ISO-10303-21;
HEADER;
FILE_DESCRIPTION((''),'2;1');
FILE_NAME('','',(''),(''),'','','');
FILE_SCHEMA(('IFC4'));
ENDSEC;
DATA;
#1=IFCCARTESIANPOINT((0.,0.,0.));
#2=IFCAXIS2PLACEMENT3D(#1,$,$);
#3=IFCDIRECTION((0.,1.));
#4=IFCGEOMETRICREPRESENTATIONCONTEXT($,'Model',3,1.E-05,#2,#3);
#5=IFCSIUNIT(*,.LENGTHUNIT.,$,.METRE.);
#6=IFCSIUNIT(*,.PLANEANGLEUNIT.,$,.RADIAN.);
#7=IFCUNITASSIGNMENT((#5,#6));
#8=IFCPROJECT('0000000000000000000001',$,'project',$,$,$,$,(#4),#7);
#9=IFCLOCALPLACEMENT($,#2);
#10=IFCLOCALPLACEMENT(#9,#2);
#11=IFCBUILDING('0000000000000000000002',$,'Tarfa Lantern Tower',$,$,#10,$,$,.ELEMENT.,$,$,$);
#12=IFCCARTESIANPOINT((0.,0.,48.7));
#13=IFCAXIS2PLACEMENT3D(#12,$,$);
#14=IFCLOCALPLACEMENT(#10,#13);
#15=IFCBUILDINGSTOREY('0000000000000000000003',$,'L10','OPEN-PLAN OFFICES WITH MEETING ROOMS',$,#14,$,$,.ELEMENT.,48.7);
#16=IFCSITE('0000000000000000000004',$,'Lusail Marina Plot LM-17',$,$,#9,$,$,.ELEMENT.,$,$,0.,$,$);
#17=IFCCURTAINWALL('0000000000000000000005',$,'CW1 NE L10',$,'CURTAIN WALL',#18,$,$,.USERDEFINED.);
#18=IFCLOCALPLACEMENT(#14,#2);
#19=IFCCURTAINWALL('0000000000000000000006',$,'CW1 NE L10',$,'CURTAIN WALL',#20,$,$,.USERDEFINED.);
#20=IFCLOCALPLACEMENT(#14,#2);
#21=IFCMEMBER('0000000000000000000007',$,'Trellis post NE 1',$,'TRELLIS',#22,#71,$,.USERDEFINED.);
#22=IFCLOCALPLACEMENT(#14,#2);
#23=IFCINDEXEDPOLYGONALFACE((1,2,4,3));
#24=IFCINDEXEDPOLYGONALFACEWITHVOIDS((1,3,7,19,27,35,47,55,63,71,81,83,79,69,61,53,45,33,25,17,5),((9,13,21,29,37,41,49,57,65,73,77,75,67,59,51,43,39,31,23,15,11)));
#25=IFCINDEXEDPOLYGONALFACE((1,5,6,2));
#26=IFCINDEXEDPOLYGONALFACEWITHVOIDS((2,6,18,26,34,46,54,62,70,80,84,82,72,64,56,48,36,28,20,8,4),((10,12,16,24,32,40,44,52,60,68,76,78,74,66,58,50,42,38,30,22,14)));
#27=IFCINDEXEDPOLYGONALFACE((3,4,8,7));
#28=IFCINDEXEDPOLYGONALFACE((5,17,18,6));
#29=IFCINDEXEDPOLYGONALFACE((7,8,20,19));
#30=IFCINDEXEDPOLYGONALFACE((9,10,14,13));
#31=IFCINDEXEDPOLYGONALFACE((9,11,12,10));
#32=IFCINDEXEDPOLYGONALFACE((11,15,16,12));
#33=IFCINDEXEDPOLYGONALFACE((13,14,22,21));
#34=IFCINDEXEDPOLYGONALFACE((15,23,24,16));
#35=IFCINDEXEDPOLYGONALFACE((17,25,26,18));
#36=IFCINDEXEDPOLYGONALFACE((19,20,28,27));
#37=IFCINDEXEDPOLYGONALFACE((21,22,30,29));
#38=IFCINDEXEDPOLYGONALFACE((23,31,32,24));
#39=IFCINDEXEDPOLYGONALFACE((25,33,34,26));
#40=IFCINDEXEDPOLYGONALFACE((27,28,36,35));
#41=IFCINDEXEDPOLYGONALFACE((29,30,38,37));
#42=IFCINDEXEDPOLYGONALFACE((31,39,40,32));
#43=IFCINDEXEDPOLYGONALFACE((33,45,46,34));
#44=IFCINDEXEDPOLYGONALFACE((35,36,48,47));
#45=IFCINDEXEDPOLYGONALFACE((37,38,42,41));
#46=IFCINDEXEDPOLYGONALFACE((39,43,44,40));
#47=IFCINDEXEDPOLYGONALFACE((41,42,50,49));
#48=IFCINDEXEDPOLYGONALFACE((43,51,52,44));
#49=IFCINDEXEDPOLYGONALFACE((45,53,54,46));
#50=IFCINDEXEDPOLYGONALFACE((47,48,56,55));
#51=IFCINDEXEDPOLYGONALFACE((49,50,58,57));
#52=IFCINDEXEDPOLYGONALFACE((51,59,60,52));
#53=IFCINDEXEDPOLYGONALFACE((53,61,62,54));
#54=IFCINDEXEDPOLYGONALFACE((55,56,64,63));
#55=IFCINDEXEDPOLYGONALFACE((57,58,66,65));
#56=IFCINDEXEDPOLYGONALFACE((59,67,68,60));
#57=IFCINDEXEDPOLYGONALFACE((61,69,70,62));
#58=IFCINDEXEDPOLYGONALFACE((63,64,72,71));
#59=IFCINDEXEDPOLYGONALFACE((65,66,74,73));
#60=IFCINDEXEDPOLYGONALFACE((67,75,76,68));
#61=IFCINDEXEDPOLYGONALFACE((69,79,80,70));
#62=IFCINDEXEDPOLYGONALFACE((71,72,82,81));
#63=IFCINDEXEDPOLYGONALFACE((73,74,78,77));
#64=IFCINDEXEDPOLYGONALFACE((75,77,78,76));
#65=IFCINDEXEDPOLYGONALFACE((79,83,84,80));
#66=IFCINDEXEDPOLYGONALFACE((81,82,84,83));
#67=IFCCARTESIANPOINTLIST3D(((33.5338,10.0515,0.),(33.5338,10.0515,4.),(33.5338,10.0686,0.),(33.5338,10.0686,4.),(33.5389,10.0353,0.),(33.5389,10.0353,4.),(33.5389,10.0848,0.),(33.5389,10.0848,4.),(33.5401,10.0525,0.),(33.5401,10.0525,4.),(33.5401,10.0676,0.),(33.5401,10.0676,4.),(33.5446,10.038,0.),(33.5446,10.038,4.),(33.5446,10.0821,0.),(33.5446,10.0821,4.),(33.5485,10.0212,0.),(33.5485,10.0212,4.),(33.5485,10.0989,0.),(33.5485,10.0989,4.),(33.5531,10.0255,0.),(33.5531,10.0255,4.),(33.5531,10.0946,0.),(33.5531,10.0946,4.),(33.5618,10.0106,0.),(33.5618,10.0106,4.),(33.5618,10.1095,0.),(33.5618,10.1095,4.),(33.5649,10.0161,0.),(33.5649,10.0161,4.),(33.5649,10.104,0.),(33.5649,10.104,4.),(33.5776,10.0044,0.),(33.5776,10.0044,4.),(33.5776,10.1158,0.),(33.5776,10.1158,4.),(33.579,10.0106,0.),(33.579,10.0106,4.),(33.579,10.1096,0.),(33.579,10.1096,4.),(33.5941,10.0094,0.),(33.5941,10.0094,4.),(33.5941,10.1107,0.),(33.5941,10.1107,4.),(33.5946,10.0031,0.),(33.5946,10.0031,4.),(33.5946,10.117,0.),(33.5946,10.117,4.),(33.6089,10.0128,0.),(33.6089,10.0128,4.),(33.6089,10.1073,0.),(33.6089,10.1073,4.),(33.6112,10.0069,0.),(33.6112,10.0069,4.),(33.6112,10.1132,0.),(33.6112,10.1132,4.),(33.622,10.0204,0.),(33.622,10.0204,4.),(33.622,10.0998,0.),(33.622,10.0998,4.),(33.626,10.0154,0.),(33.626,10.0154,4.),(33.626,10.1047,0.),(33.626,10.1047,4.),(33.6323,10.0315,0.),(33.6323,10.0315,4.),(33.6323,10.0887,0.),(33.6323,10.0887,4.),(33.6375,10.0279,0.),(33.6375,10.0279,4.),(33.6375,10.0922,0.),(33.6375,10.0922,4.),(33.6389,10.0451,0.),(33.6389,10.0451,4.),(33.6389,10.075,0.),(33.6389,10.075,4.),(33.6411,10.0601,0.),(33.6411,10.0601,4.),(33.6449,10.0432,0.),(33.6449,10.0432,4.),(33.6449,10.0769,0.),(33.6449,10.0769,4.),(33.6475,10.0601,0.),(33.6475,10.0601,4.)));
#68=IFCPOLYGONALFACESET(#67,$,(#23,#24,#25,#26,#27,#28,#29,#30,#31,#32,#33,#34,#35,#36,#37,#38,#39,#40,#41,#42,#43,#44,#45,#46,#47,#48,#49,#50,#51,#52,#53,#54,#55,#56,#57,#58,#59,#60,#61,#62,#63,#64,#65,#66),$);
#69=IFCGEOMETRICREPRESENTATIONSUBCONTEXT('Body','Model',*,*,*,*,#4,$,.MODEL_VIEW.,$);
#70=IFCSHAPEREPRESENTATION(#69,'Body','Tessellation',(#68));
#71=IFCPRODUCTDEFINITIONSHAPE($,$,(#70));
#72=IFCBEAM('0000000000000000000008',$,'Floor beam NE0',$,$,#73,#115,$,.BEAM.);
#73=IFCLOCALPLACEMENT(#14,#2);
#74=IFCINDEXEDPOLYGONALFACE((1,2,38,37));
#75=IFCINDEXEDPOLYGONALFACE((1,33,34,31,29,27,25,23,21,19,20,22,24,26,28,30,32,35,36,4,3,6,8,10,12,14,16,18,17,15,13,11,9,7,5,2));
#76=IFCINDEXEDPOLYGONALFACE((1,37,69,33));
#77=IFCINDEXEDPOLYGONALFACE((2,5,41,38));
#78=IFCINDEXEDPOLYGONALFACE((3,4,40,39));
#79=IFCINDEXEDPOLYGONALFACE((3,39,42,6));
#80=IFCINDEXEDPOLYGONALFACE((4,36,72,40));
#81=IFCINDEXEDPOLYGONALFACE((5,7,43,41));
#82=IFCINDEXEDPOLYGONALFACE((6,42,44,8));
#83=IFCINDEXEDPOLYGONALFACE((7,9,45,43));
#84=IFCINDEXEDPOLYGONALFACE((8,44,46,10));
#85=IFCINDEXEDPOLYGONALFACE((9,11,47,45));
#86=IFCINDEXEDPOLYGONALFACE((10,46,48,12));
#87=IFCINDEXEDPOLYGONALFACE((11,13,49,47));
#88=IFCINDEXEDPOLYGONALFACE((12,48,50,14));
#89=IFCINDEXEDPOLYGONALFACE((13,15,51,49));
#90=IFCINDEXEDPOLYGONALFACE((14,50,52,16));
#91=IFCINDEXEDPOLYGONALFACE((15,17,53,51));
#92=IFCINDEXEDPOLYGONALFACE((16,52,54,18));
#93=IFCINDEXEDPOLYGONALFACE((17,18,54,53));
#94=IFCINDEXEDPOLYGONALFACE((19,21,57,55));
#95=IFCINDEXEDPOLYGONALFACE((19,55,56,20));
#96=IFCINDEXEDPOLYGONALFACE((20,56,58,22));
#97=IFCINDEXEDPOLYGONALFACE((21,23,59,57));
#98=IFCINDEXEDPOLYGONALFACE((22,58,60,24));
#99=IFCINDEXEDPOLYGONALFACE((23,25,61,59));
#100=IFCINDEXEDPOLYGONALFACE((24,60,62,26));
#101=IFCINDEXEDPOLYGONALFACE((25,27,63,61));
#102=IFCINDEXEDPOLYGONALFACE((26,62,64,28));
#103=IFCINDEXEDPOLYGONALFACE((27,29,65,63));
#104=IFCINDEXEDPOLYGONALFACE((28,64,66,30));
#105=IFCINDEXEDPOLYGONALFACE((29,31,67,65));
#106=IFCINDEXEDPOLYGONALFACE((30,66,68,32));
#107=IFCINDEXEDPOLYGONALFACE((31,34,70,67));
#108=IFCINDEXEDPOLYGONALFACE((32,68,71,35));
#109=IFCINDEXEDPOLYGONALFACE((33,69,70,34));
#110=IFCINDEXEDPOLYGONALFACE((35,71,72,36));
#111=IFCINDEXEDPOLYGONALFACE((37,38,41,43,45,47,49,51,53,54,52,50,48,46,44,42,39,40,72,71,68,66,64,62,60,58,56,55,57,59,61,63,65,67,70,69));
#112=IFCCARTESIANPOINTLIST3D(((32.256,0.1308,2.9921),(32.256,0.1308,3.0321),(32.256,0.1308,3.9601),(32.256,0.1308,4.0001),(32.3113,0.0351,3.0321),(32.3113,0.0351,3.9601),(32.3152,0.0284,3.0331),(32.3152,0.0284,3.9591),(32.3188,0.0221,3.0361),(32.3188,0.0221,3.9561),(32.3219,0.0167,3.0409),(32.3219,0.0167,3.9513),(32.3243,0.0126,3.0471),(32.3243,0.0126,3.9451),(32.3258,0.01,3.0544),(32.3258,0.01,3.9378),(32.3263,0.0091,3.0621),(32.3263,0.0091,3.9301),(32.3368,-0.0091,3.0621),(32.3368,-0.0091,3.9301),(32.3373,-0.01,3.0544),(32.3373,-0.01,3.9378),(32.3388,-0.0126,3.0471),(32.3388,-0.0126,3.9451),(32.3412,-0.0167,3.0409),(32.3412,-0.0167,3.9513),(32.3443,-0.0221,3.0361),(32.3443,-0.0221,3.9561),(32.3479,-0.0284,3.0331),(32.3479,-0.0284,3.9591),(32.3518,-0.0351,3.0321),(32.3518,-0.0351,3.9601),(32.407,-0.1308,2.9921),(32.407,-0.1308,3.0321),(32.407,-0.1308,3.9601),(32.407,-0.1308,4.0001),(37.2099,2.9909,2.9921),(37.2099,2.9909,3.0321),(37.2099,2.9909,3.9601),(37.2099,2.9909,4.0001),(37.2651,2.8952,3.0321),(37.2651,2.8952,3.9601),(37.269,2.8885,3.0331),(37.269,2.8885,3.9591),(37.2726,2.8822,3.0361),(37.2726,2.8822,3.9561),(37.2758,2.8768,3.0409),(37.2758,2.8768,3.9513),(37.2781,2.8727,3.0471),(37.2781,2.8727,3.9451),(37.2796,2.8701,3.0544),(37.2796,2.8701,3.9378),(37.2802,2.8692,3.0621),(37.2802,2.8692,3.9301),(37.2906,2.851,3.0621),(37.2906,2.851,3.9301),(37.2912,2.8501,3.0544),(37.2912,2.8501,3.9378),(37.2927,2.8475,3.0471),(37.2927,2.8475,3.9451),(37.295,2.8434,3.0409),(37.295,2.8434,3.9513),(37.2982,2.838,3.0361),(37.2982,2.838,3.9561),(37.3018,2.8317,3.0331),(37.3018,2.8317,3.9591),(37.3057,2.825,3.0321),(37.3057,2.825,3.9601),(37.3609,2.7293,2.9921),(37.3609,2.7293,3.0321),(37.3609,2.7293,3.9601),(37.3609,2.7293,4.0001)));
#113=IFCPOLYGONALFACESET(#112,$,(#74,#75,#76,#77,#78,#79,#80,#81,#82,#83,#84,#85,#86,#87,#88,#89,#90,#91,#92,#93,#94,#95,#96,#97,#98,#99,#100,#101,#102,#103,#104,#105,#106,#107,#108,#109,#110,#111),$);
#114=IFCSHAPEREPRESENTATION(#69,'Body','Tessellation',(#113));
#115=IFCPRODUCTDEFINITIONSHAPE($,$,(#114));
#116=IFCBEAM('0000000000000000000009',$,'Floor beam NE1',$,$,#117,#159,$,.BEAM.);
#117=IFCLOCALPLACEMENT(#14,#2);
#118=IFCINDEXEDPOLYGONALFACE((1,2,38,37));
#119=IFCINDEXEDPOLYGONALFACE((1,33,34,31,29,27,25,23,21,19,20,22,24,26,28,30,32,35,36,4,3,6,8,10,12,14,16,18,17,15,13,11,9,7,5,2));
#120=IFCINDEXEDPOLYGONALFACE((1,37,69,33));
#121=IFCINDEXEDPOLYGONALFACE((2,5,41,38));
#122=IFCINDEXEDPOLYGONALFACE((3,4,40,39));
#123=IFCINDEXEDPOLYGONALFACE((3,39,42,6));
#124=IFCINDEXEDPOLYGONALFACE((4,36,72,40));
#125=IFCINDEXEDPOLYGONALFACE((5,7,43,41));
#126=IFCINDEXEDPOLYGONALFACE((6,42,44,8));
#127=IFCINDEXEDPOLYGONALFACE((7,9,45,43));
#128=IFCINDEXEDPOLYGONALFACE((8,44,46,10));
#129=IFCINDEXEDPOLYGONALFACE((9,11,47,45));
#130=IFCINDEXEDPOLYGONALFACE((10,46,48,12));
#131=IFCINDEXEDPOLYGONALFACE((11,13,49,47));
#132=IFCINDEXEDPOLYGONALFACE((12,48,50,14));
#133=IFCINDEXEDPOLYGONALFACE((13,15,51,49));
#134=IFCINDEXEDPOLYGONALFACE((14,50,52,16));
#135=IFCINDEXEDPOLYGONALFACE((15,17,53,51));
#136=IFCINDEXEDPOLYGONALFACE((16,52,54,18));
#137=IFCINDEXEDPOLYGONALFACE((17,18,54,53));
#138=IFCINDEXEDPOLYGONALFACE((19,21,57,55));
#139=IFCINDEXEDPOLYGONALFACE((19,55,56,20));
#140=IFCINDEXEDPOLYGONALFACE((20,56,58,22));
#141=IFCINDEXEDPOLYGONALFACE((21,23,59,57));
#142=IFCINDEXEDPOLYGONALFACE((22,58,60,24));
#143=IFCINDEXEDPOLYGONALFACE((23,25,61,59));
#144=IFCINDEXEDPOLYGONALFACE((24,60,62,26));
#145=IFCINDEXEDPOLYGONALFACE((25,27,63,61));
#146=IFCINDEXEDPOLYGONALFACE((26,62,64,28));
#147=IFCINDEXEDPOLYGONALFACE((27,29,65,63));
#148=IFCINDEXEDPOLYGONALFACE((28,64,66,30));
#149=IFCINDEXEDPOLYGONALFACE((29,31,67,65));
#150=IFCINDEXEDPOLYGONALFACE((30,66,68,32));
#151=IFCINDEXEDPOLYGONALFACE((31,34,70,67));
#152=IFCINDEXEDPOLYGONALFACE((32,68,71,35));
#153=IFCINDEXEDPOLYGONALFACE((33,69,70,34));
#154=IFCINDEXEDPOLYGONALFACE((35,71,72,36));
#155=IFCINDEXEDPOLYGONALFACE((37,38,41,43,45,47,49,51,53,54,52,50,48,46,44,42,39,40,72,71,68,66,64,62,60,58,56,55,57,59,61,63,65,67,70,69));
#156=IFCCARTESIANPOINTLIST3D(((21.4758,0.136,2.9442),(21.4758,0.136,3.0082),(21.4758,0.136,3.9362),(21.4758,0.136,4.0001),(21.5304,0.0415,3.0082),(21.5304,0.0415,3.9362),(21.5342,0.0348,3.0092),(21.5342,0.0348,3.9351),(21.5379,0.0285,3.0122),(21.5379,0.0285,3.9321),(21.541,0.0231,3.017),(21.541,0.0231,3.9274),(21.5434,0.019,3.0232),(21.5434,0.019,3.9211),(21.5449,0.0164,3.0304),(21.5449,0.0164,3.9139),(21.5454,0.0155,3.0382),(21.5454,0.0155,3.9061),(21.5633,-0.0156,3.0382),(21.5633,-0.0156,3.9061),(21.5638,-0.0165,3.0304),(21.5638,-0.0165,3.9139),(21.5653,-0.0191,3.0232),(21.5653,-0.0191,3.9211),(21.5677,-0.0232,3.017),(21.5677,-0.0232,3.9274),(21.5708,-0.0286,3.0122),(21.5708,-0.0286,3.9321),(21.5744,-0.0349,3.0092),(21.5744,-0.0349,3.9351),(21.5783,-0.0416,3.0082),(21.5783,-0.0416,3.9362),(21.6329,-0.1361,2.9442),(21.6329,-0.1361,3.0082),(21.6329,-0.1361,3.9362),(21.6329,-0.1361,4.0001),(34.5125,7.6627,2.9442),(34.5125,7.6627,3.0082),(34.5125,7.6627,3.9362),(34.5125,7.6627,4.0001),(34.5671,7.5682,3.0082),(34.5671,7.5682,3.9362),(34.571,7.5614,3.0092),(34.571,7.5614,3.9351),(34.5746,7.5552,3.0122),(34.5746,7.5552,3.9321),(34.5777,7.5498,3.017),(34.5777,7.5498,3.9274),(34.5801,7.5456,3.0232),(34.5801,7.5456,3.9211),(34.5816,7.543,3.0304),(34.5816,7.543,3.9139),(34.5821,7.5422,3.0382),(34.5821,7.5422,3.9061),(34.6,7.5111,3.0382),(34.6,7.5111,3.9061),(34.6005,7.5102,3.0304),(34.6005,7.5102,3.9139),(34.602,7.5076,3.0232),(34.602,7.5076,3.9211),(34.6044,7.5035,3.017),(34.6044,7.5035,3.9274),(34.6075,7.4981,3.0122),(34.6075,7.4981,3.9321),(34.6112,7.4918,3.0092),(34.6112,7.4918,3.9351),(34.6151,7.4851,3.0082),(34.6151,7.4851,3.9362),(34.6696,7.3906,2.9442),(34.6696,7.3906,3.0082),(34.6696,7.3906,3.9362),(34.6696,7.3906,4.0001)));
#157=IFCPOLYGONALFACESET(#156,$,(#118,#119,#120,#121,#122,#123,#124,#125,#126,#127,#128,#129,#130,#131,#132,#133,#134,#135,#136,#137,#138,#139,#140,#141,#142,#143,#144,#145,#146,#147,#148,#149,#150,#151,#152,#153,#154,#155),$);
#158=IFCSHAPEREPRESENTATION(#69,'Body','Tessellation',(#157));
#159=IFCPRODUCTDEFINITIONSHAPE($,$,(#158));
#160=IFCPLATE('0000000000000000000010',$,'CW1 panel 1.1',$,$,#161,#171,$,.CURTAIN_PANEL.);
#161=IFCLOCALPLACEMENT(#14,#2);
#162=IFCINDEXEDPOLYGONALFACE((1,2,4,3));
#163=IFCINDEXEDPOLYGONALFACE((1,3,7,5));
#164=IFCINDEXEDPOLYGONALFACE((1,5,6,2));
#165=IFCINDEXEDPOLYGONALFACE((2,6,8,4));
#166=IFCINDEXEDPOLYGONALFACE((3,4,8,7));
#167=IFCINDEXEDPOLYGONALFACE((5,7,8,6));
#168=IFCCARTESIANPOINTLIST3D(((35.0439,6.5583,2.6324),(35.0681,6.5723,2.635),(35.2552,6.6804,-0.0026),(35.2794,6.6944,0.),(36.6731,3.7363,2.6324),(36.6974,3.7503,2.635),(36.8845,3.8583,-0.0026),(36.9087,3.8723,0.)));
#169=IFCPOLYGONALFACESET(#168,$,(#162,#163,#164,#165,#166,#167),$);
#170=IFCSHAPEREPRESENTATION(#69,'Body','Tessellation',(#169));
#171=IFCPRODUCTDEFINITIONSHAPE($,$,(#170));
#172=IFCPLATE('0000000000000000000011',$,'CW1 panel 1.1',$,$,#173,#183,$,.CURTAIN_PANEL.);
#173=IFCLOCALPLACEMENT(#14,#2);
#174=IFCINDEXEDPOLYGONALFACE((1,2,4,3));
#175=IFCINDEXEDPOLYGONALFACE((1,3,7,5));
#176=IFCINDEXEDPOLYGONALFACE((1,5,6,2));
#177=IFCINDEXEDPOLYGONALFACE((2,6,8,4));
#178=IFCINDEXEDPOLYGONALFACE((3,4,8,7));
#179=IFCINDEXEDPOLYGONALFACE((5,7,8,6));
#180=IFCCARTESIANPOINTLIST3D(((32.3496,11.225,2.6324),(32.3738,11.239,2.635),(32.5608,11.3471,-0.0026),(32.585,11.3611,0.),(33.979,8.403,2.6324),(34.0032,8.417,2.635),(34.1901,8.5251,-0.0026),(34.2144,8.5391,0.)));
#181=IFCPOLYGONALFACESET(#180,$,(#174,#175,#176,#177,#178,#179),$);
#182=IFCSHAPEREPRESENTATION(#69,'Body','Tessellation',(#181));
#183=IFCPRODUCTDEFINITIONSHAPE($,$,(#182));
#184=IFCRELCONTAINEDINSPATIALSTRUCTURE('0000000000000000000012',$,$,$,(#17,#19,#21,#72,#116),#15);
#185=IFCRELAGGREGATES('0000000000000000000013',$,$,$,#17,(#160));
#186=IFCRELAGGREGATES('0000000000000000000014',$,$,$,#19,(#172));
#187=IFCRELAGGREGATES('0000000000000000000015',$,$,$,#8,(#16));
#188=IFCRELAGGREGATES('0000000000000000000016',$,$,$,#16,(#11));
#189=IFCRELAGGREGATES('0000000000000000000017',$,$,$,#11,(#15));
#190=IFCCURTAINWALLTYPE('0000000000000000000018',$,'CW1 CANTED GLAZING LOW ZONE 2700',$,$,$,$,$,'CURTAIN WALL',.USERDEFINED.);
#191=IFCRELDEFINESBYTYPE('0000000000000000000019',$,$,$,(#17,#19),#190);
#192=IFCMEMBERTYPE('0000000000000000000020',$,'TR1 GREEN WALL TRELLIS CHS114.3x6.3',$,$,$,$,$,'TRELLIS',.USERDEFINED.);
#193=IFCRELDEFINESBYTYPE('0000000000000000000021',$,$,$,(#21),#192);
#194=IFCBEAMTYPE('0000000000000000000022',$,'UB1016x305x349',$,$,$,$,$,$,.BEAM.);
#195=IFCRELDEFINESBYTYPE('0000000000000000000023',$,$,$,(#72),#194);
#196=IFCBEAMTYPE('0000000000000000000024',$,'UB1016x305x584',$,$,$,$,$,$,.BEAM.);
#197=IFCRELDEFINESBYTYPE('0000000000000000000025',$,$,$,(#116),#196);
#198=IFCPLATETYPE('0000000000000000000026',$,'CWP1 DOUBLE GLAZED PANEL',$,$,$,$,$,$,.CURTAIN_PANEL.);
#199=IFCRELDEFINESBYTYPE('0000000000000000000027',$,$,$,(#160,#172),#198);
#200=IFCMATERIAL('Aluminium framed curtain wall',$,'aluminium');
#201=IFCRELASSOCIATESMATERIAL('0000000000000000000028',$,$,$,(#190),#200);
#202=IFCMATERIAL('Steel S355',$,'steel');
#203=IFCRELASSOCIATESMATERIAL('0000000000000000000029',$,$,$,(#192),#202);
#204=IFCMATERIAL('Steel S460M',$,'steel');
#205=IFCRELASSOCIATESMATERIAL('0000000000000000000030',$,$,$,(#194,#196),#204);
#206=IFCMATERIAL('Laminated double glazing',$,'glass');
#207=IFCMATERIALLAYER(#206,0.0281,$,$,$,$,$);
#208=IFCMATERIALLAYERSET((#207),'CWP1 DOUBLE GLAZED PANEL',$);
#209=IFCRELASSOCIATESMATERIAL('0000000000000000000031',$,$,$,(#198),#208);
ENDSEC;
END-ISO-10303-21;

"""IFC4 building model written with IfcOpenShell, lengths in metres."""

from ifc_helpers import new_model, si_unit, direction, frame, origin, origin_2d, place, context, subcontext, project, spatial, polyline, hollow_circle, i_section, outline, extrude, material, layer, layer_set, material_profile, profile_set, type_object, element, aggregate, save


model = new_model("IFC4")

# Units and contexts
model_context = context("Model", 3, precision=1e-05, world=origin(), true_north=direction((0.0, 1.0)))
body_context = subcontext(model_context, "Body", "Model", "MODEL_VIEW")
ifc_project = project(units=[si_unit("LENGTHUNIT", "METRE"), si_unit("PLANEANGLEUNIT", "RADIAN")], contexts=[model_context])

# Site, building, storey
site_placement = place(None, origin())
site = spatial("IfcSite", under=ifc_project, at=site_placement, Name="Lusail Marina Plot LM-17", CompositionType="ELEMENT", RefElevation=0.0)
building_placement = place(site_placement, origin())
building = spatial("IfcBuilding", under=site, at=building_placement, Name="Tarfa Lantern Tower", CompositionType="ELEMENT")
storey_placement = place(building_placement, frame((0.0, 0.0, 48.7)))
storey = spatial("IfcBuildingStorey", under=building, at=storey_placement, Name="L10", Description="OPEN-PLAN OFFICES WITH MEETING ROOMS", CompositionType="ELEMENT", Elevation=48.7)

# Curtain walls
ifc_material_1 = material(Name="Aluminium framed curtain wall", Category="aluminium")
curtain_wall_type = type_object("IfcCurtainWallType", Name="CW1 CANTED GLAZING LOW ZONE 2700", ElementType="CURTAIN WALL", PredefinedType="USERDEFINED", material=ifc_material_1)
curtain_wall_1_placement = place(storey_placement, origin())
curtain_wall_1 = element("IfcCurtainWall", 1, at=curtain_wall_1_placement, inside=storey, type_object=curtain_wall_type, Name="CW1 NE L10", ObjectType="CURTAIN WALL", PredefinedType="USERDEFINED")
curtain_wall_2_placement = place(storey_placement, origin())
curtain_wall_2 = element("IfcCurtainWall", 2, at=curtain_wall_2_placement, inside=storey, type_object=curtain_wall_type, Name="CW1 NE L10", ObjectType="CURTAIN WALL", PredefinedType="USERDEFINED")

# Member
ifc_material_2 = material(Name="Steel S355", Category="steel")
ifc_material_profile_1 = material_profile(ifc_material_2, hollow_circle(Radius=0.0571, WallThickness=0.0063, at=origin_2d()), Name="CHS114.3x6.3")
ifc_profile_set_1 = profile_set([ifc_material_profile_1], Name="Steel S355")
member_type_1 = type_object("IfcMemberType", Name="TR1 GREEN WALL TRELLIS CHS114.3x6.3", ElementType="TRELLIS", PredefinedType="USERDEFINED", material=ifc_profile_set_1)
member_1_placement = place(storey_placement, frame((33.5903, 10.0601, 0.0), z_axis=(0.0, 0.0, 1.0), x_axis=(1.0, 0.0, 0.0)))
element("IfcMember", 3, at=member_1_placement, inside=storey, type_object=member_type_1, Name="Trellis post NE 1", ObjectType="TRELLIS", PredefinedType="USERDEFINED", context=body_context, shape_type="SweptSolid", body=[
    extrude(hollow_circle(Radius=0.0571, WallThickness=0.0063, at=origin_2d()), origin(), (0.0, 0.0, 1.0), 4.0),
])

# Beams
ifc_material_3 = material(Name="Steel S460M", Category="steel")
ifc_material_profile_2 = material_profile(ifc_material_3, i_section(OverallWidth=0.302, OverallDepth=1.0081, WebThickness=0.021, FlangeThickness=0.04, FilletRadius=0.03, at=origin_2d()), Name="UB1016x305x349")
ifc_profile_set_2 = profile_set([ifc_material_profile_2], Name="Steel S460M")
beam_type_1 = type_object("IfcBeamType", Name="UB1016x305x349", PredefinedType="BEAM", material=ifc_profile_set_2)
beam_1_placement = place(storey_placement, frame((37.2854, 2.8601, 3.4961), z_axis=(-0.866026, -0.5, 0.0), x_axis=(0.5, -0.866026, 0.0)))
element("IfcBeam", 4, at=beam_1_placement, inside=storey, type_object=beam_type_1, Name="Floor beam NE0", PredefinedType="BEAM", context=body_context, shape_type="SweptSolid", body=[
    extrude(i_section(OverallWidth=0.302, OverallDepth=1.0081, WebThickness=0.021, FlangeThickness=0.04, FilletRadius=0.03, at=origin_2d()), origin(), (0.0, 0.0, 1.0), 5.7202),
])
ifc_material_profile_3 = material_profile(ifc_material_3, i_section(OverallWidth=0.3142, OverallDepth=1.0559, WebThickness=0.0359, FlangeThickness=0.064, FilletRadius=0.03, at=origin_2d()), Name="UB1016x305x584")
ifc_profile_set_3 = profile_set([ifc_material_profile_3], Name="Steel S460M")
beam_type_2 = type_object("IfcBeamType", Name="UB1016x305x584", PredefinedType="BEAM", material=ifc_profile_set_3)
beam_2_placement = place(storey_placement, frame((34.5911, 7.5266, 3.4722), z_axis=(-0.866028, -0.499996, 0.0), x_axis=(0.499996, -0.866028, 0.0)))
element("IfcBeam", 5, at=beam_2_placement, inside=storey, type_object=beam_type_2, Name="Floor beam NE1", PredefinedType="BEAM", context=body_context, shape_type="SweptSolid", body=[
    extrude(i_section(OverallWidth=0.3142, OverallDepth=1.0559, WebThickness=0.0359, FlangeThickness=0.064, FilletRadius=0.03, at=origin_2d()), origin(), (0.0, 0.0, 1.0), 15.0535),
])

# Plates
ifc_material_4 = material(Name="Laminated double glazing", Category="glass")
ifc_layer_1 = layer(ifc_material_4, 0.0281)
ifc_layer_set_1 = layer_set([ifc_layer_1], Name="CWP1 DOUBLE GLAZED PANEL")
plate_type = type_object("IfcPlateType", Name="CWP1 DOUBLE GLAZED PANEL", PredefinedType="CURTAIN_PANEL", material=ifc_layer_set_1)
plate_1_placement = place(storey_placement, frame((36.9087, 3.8723, 0.0), z_axis=(0.862338, 0.497864, 0.092216), x_axis=(-0.499995, 0.866028, 0.000003)))
plate_1 = element("IfcPlate", 6, at=plate_1_placement, type_object=plate_type, Name="CW1 panel 1.1", PredefinedType="CURTAIN_PANEL", context=body_context, shape_type="SweptSolid", body=[
    extrude(outline(polyline([(0.0, 0.0), (3.2586, 0.0), (3.2585, 2.6463), (0.0, 2.6463), (0.0, 0.0)])), origin(), (0.0, 0.0, -1.0), 0.0281),
])
aggregate(curtain_wall_1, [plate_1])
plate_2_placement = place(storey_placement, frame((34.2144, 8.5391, 0.0), z_axis=(0.862325, 0.497894, 0.092176), x_axis=(-0.500023, 0.866012, 0.0)))
plate_2 = element("IfcPlate", 7, at=plate_2_placement, type_object=plate_type, Name="CW1 panel 1.1", PredefinedType="CURTAIN_PANEL", context=body_context, shape_type="SweptSolid", body=[
    extrude(outline(polyline([(0.0, 0.0), (3.2586, 0.0), (3.2585, 2.6463), (-0.0001, 2.6463), (0.0, 0.0)])), origin(), (0.0, 0.0, -1.0), 0.0281),
])
aggregate(curtain_wall_2, [plate_2])

save(model, "model.ifc")
